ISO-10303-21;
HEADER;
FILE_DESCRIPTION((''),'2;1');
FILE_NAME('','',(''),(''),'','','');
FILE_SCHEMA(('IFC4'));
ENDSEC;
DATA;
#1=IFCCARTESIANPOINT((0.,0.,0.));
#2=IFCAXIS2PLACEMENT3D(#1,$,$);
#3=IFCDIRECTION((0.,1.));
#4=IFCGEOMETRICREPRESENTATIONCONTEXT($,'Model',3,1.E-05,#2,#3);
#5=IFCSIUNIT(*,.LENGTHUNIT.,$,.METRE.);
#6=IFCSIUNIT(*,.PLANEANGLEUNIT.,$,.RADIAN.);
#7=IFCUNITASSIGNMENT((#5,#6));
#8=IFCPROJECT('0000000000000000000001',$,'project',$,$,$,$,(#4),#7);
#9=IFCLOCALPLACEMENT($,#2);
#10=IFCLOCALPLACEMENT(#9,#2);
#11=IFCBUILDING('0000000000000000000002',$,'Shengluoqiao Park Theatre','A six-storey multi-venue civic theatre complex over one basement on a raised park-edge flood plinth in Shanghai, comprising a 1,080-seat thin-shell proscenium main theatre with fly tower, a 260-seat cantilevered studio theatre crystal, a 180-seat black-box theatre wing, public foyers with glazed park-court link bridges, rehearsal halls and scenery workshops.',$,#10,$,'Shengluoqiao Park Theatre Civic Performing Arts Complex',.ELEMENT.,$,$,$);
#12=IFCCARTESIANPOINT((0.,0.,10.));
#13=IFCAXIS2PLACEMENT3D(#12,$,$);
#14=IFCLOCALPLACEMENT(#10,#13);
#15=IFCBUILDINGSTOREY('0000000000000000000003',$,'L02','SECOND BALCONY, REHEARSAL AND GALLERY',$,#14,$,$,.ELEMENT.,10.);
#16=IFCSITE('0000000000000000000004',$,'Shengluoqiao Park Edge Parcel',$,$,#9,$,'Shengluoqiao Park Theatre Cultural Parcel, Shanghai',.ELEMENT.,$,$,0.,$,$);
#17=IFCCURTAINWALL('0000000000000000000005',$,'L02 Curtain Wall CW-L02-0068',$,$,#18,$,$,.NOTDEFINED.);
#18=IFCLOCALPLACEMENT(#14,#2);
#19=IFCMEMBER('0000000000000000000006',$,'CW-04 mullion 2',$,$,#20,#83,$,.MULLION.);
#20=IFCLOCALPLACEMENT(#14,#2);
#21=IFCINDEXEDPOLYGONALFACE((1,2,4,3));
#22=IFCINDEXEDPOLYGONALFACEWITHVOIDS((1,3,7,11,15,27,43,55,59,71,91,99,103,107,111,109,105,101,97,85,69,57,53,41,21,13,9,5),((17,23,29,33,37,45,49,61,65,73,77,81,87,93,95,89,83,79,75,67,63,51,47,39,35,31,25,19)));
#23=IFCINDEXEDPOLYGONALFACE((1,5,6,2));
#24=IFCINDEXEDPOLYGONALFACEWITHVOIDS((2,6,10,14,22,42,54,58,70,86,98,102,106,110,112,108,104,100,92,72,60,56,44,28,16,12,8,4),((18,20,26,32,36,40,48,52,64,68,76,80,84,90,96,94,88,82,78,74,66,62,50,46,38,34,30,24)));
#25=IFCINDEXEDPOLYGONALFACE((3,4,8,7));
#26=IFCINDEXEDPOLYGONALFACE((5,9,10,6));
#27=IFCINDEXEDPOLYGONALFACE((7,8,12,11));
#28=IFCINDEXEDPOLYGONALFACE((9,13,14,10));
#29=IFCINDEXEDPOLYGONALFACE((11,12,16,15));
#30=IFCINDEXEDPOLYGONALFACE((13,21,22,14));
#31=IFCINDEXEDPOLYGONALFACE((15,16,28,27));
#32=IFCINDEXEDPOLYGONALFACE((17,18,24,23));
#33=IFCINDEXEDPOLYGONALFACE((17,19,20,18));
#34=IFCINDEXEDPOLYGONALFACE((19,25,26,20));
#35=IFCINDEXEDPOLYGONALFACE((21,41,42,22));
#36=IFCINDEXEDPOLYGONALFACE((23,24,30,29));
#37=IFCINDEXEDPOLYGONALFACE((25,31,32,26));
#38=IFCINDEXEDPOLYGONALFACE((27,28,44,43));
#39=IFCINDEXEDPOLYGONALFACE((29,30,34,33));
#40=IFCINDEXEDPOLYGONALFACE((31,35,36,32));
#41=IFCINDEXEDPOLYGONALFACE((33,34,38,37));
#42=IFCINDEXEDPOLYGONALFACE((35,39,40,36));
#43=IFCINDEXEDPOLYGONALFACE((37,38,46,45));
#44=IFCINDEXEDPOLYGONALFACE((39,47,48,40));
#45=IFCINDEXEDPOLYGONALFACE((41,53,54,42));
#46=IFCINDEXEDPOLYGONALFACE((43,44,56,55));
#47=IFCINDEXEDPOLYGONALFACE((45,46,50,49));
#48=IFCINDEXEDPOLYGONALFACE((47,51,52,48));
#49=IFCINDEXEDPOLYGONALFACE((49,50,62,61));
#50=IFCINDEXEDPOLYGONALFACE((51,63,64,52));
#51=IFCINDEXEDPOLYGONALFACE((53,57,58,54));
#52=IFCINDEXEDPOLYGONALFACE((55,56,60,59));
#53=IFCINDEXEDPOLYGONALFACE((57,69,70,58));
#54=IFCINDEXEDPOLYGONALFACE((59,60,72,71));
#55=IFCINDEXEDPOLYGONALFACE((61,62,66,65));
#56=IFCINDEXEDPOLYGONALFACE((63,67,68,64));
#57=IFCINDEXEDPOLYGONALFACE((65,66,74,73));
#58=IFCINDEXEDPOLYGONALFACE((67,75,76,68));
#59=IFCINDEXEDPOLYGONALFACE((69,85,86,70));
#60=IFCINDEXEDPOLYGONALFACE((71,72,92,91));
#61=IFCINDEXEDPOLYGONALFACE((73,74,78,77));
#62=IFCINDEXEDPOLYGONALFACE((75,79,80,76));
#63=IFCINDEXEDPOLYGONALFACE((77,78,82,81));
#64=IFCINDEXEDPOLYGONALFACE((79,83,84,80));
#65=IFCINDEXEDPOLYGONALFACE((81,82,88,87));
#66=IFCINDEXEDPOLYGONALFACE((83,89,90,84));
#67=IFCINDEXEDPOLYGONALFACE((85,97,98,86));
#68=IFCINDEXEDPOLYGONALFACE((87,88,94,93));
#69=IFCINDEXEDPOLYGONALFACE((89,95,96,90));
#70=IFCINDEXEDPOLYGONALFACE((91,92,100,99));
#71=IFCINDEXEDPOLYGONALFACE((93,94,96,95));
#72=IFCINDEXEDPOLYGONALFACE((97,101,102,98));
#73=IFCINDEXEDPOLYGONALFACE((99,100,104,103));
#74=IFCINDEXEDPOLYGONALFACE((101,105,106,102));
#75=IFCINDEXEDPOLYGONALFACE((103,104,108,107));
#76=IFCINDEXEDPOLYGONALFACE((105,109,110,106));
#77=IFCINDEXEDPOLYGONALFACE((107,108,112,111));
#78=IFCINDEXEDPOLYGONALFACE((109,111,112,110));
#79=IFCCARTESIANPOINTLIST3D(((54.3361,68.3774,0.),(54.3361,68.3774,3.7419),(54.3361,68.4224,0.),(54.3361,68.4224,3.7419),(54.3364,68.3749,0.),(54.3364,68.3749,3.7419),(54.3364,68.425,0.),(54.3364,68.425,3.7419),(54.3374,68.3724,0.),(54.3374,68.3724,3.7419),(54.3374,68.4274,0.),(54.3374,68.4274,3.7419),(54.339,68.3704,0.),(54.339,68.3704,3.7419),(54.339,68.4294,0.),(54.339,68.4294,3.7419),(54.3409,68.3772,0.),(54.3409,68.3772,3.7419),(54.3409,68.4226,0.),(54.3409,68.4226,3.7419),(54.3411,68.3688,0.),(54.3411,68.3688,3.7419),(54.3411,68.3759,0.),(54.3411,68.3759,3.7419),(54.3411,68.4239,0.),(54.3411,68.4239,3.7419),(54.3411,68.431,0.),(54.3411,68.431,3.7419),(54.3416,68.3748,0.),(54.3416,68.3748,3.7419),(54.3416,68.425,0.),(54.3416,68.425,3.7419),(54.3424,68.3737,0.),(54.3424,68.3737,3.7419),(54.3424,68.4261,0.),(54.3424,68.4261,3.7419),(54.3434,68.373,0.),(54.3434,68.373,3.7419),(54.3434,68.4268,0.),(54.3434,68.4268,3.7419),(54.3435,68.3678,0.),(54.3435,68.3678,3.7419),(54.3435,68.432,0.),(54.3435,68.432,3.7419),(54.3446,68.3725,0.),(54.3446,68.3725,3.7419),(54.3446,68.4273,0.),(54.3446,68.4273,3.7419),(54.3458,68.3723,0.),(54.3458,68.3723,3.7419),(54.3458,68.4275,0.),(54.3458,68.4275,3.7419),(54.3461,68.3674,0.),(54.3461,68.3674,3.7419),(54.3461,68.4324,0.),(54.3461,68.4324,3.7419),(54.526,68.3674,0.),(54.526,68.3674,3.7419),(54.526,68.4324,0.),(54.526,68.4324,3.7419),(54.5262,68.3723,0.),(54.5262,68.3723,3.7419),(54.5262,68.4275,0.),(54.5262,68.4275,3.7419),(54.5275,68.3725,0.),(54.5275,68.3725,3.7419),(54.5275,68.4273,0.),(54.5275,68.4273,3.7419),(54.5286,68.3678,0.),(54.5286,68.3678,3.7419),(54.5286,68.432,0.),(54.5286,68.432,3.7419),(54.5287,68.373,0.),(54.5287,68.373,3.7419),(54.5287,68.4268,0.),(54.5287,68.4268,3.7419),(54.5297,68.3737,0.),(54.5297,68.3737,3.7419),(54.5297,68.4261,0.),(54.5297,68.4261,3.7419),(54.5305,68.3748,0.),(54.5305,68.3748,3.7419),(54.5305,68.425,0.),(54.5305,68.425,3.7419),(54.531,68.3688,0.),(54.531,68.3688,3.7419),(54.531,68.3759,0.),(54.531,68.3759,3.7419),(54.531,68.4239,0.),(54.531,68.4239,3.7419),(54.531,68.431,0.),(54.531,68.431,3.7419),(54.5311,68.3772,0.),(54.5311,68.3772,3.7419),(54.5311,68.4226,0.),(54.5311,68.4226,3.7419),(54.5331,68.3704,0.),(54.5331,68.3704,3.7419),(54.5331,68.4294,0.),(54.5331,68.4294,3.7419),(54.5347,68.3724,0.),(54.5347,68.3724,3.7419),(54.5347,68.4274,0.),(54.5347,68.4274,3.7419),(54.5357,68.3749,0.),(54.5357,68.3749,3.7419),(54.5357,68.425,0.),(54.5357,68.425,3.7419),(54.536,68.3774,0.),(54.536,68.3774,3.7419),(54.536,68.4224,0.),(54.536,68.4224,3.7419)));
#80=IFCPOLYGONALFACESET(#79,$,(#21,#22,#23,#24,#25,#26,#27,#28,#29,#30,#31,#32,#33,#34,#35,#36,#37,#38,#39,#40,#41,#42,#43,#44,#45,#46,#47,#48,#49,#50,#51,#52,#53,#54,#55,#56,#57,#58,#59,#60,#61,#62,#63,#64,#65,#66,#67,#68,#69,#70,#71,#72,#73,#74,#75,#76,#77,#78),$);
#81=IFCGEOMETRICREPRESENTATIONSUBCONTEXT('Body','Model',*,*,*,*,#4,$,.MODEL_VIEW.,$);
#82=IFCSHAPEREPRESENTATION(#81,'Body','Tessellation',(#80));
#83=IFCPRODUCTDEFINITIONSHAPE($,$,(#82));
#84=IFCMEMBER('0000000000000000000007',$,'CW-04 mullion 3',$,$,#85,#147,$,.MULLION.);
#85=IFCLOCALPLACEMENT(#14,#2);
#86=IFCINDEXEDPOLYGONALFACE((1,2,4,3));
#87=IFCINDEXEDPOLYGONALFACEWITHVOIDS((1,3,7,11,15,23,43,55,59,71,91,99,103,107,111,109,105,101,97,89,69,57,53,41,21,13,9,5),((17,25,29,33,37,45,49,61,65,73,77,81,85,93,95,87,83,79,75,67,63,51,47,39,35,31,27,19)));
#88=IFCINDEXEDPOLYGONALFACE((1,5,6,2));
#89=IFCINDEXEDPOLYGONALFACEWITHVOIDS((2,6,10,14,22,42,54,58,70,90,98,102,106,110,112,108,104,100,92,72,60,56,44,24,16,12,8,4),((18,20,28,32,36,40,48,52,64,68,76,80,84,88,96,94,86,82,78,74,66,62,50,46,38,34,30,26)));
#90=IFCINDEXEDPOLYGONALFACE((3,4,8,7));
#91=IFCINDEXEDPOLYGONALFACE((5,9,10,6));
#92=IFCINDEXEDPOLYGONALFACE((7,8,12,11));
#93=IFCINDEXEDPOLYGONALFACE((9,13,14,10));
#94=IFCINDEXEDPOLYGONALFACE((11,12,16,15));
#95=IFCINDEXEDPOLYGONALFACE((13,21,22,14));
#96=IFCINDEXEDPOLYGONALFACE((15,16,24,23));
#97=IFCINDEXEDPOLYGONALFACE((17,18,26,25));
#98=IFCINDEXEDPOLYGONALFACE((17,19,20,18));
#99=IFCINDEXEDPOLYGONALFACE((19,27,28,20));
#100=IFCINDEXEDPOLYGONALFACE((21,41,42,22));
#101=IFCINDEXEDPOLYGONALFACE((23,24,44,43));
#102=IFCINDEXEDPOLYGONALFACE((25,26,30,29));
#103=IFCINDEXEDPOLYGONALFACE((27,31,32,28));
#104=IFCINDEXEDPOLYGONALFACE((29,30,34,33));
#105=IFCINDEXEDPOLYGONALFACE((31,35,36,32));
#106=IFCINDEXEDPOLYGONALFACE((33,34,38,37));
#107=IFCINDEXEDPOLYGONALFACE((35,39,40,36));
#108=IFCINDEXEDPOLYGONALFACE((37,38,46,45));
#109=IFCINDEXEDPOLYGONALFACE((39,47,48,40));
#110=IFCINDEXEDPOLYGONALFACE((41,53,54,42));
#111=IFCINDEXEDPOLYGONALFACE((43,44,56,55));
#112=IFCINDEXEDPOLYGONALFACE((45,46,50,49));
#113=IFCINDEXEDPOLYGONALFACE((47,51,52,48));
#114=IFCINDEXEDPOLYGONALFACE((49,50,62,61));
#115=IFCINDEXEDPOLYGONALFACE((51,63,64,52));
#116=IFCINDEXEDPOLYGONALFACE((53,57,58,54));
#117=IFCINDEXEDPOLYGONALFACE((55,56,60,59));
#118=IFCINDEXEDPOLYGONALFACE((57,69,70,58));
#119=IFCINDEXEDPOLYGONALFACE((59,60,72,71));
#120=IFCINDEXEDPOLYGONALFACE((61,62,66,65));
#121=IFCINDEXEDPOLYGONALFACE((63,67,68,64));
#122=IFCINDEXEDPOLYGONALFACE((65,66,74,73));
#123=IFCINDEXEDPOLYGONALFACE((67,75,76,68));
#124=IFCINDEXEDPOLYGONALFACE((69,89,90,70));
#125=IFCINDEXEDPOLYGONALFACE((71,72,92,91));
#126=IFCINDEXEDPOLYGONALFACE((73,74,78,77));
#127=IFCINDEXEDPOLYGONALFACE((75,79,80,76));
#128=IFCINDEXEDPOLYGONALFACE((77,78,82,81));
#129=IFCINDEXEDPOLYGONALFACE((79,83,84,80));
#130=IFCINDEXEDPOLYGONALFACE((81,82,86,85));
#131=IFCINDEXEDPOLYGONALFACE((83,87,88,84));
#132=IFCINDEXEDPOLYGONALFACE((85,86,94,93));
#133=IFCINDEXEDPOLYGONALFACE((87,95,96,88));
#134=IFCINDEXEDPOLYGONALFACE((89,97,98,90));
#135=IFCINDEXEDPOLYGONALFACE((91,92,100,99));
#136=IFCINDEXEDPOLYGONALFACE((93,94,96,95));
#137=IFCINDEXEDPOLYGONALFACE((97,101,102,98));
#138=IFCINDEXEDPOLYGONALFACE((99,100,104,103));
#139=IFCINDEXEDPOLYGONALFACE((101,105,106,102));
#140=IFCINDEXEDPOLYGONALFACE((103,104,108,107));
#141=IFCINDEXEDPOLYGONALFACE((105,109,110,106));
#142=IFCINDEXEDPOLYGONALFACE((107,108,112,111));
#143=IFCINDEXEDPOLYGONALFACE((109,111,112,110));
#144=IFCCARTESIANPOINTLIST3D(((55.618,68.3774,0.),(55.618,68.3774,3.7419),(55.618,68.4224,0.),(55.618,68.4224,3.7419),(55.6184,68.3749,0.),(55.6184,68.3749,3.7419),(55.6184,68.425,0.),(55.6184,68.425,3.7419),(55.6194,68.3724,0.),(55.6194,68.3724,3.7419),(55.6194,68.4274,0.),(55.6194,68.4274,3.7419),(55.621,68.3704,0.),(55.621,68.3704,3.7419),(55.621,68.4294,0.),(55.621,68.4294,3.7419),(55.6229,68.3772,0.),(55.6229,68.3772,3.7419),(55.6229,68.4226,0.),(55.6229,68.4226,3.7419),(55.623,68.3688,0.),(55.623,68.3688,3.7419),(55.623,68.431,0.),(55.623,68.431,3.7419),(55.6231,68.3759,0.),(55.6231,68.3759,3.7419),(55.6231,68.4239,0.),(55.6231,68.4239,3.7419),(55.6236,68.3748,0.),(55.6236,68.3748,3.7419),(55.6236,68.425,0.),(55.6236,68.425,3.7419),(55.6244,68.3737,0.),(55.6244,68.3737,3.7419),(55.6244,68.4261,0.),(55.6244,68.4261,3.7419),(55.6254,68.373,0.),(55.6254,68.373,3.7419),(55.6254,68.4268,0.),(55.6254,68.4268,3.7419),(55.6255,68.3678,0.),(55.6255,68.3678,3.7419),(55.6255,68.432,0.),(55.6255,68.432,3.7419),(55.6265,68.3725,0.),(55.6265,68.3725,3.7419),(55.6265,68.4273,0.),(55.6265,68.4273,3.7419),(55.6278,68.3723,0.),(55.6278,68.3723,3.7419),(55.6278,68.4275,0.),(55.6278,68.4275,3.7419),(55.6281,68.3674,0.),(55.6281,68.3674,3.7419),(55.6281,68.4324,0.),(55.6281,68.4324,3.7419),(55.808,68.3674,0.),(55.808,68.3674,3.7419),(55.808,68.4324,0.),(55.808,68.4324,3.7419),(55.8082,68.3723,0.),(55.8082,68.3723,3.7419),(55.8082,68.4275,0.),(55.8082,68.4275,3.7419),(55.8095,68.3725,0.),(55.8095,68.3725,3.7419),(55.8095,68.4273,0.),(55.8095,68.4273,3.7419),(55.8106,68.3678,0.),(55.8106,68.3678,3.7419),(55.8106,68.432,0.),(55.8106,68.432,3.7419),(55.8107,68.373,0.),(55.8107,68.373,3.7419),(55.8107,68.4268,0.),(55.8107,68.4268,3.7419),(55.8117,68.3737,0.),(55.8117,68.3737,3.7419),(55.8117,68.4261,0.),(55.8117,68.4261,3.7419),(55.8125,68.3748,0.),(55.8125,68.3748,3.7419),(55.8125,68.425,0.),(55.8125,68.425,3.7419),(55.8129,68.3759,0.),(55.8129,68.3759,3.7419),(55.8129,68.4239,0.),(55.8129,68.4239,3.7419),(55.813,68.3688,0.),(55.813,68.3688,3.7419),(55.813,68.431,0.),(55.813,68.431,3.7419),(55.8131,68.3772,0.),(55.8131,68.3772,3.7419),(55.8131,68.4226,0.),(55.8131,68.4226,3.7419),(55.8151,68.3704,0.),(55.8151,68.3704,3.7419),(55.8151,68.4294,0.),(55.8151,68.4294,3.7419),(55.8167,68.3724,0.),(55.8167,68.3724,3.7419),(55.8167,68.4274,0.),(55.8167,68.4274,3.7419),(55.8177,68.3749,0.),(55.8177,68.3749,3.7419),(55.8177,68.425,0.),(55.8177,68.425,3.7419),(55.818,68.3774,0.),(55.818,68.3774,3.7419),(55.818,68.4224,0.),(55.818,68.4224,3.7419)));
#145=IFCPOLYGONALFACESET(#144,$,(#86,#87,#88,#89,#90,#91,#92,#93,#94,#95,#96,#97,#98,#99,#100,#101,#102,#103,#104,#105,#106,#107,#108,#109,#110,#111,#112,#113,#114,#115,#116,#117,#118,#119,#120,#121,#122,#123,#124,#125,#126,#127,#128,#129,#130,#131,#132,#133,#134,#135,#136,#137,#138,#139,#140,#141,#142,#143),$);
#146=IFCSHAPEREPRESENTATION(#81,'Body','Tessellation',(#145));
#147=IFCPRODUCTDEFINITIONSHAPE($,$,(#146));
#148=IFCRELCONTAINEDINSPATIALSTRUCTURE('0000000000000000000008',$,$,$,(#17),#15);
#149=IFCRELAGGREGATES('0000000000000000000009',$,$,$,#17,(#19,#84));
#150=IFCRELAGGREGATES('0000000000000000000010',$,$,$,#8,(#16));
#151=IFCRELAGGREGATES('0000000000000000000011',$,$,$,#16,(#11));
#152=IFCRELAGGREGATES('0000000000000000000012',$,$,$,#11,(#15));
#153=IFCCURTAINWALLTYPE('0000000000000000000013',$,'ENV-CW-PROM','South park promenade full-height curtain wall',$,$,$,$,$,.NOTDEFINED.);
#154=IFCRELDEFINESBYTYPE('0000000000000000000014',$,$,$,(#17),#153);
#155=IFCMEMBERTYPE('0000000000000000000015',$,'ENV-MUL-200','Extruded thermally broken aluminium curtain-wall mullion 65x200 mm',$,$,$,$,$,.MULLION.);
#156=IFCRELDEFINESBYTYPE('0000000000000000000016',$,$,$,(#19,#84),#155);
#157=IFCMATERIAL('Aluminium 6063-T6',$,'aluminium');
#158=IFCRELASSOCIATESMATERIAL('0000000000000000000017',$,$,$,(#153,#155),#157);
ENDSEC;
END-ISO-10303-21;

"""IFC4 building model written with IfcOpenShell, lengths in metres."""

from ifc_helpers import new_model, si_unit, direction, frame, origin, origin_2d, place, context, subcontext, project, spatial, hollow_rectangle, extrude, material, material_profile, profile_set, type_object, element, aggregate, save


model = new_model("IFC4")

# Units and contexts
model_context = context("Model", 3, precision=1e-05, world=origin(), true_north=direction((0.0, 1.0)))
body_context = subcontext(model_context, "Body", "Model", "MODEL_VIEW")
ifc_project = project(units=[si_unit("LENGTHUNIT", "METRE"), si_unit("PLANEANGLEUNIT", "RADIAN")], contexts=[model_context])

# Site, building, storey
site_placement = place(None, origin())
site = spatial("IfcSite", under=ifc_project, at=site_placement, Name="Shengluoqiao Park Edge Parcel", LongName="Shengluoqiao Park Theatre Cultural Parcel, Shanghai", CompositionType="ELEMENT", RefElevation=0.0)
building_placement = place(site_placement, origin())
building = spatial("IfcBuilding", under=site, at=building_placement, Name="Shengluoqiao Park Theatre", Description="A six-storey multi-venue civic theatre complex over one basement on a raised park-edge flood plinth in Shanghai, comprising a 1,080-seat thin-shell proscenium main theatre with fly tower, a 260-seat cantilevered studio theatre crystal, a 180-seat black-box theatre wing, public foyers with glazed park-court link bridges, rehearsal halls and scenery workshops.", LongName="Shengluoqiao Park Theatre Civic Performing Arts Complex", CompositionType="ELEMENT")
storey_placement = place(building_placement, frame((0.0, 0.0, 10.0)))
storey = spatial("IfcBuildingStorey", under=building, at=storey_placement, Name="L02", Description="SECOND BALCONY, REHEARSAL AND GALLERY", CompositionType="ELEMENT", Elevation=10.0)

# Curtain wall, members
ifc_material_1 = material(Name="Aluminium 6063-T6", Category="aluminium")
curtain_wall_type = type_object("IfcCurtainWallType", Name="ENV-CW-PROM", Description="South park promenade full-height curtain wall", PredefinedType="NOTDEFINED", material=ifc_material_1)
curtain_wall_1_placement = place(storey_placement, origin())
curtain_wall_1 = element("IfcCurtainWall", 1, at=curtain_wall_1_placement, inside=storey, type_object=curtain_wall_type, Name="L02 Curtain Wall CW-L02-0068", PredefinedType="NOTDEFINED")
ifc_material_profile_1 = material_profile(ifc_material_1, hollow_rectangle(XDim=0.0649, YDim=0.2, WallThickness=0.0049, InnerFilletRadius=0.0049, OuterFilletRadius=0.01, at=origin_2d()), Name="ALU MULLION 200x65x5")
ifc_profile_set_1 = profile_set([ifc_material_profile_1], Name="Aluminium 6063-T6")
member_type_1 = type_object("IfcMemberType", Name="ENV-MUL-200", Description="Extruded thermally broken aluminium curtain-wall mullion 65x200 mm", PredefinedType="MULLION", material=ifc_profile_set_1)
member_1_placement = place(storey_placement, frame((54.436, 68.3999, 0.0), z_axis=(0.0, 0.0, 1.0), x_axis=(0.0, 1.0, 0.0)))
member_1 = element("IfcMember", 2, at=member_1_placement, type_object=member_type_1, Name="CW-04 mullion 2", PredefinedType="MULLION", context=body_context, shape_type="SweptSolid", body=[
    extrude(hollow_rectangle(XDim=0.0649, YDim=0.2, WallThickness=0.0049, InnerFilletRadius=0.0049, OuterFilletRadius=0.01, at=origin_2d()), origin(), (0.0, 0.0, 1.0), 3.7419),
])
member_2_placement = place(storey_placement, frame((55.718, 68.3999, 0.0), z_axis=(0.0, 0.0, 1.0), x_axis=(0.0, 1.0, 0.0)))
member_2 = element("IfcMember", 3, at=member_2_placement, type_object=member_type_1, Name="CW-04 mullion 3", PredefinedType="MULLION", context=body_context, shape_type="SweptSolid", body=[
    extrude(hollow_rectangle(XDim=0.0649, YDim=0.2, WallThickness=0.0049, InnerFilletRadius=0.0049, OuterFilletRadius=0.01, at=origin_2d()), origin(), (0.0, 0.0, 1.0), 3.7419),
])

aggregate(curtain_wall_1, [member_1, member_2])

save(model, "model.ifc")
